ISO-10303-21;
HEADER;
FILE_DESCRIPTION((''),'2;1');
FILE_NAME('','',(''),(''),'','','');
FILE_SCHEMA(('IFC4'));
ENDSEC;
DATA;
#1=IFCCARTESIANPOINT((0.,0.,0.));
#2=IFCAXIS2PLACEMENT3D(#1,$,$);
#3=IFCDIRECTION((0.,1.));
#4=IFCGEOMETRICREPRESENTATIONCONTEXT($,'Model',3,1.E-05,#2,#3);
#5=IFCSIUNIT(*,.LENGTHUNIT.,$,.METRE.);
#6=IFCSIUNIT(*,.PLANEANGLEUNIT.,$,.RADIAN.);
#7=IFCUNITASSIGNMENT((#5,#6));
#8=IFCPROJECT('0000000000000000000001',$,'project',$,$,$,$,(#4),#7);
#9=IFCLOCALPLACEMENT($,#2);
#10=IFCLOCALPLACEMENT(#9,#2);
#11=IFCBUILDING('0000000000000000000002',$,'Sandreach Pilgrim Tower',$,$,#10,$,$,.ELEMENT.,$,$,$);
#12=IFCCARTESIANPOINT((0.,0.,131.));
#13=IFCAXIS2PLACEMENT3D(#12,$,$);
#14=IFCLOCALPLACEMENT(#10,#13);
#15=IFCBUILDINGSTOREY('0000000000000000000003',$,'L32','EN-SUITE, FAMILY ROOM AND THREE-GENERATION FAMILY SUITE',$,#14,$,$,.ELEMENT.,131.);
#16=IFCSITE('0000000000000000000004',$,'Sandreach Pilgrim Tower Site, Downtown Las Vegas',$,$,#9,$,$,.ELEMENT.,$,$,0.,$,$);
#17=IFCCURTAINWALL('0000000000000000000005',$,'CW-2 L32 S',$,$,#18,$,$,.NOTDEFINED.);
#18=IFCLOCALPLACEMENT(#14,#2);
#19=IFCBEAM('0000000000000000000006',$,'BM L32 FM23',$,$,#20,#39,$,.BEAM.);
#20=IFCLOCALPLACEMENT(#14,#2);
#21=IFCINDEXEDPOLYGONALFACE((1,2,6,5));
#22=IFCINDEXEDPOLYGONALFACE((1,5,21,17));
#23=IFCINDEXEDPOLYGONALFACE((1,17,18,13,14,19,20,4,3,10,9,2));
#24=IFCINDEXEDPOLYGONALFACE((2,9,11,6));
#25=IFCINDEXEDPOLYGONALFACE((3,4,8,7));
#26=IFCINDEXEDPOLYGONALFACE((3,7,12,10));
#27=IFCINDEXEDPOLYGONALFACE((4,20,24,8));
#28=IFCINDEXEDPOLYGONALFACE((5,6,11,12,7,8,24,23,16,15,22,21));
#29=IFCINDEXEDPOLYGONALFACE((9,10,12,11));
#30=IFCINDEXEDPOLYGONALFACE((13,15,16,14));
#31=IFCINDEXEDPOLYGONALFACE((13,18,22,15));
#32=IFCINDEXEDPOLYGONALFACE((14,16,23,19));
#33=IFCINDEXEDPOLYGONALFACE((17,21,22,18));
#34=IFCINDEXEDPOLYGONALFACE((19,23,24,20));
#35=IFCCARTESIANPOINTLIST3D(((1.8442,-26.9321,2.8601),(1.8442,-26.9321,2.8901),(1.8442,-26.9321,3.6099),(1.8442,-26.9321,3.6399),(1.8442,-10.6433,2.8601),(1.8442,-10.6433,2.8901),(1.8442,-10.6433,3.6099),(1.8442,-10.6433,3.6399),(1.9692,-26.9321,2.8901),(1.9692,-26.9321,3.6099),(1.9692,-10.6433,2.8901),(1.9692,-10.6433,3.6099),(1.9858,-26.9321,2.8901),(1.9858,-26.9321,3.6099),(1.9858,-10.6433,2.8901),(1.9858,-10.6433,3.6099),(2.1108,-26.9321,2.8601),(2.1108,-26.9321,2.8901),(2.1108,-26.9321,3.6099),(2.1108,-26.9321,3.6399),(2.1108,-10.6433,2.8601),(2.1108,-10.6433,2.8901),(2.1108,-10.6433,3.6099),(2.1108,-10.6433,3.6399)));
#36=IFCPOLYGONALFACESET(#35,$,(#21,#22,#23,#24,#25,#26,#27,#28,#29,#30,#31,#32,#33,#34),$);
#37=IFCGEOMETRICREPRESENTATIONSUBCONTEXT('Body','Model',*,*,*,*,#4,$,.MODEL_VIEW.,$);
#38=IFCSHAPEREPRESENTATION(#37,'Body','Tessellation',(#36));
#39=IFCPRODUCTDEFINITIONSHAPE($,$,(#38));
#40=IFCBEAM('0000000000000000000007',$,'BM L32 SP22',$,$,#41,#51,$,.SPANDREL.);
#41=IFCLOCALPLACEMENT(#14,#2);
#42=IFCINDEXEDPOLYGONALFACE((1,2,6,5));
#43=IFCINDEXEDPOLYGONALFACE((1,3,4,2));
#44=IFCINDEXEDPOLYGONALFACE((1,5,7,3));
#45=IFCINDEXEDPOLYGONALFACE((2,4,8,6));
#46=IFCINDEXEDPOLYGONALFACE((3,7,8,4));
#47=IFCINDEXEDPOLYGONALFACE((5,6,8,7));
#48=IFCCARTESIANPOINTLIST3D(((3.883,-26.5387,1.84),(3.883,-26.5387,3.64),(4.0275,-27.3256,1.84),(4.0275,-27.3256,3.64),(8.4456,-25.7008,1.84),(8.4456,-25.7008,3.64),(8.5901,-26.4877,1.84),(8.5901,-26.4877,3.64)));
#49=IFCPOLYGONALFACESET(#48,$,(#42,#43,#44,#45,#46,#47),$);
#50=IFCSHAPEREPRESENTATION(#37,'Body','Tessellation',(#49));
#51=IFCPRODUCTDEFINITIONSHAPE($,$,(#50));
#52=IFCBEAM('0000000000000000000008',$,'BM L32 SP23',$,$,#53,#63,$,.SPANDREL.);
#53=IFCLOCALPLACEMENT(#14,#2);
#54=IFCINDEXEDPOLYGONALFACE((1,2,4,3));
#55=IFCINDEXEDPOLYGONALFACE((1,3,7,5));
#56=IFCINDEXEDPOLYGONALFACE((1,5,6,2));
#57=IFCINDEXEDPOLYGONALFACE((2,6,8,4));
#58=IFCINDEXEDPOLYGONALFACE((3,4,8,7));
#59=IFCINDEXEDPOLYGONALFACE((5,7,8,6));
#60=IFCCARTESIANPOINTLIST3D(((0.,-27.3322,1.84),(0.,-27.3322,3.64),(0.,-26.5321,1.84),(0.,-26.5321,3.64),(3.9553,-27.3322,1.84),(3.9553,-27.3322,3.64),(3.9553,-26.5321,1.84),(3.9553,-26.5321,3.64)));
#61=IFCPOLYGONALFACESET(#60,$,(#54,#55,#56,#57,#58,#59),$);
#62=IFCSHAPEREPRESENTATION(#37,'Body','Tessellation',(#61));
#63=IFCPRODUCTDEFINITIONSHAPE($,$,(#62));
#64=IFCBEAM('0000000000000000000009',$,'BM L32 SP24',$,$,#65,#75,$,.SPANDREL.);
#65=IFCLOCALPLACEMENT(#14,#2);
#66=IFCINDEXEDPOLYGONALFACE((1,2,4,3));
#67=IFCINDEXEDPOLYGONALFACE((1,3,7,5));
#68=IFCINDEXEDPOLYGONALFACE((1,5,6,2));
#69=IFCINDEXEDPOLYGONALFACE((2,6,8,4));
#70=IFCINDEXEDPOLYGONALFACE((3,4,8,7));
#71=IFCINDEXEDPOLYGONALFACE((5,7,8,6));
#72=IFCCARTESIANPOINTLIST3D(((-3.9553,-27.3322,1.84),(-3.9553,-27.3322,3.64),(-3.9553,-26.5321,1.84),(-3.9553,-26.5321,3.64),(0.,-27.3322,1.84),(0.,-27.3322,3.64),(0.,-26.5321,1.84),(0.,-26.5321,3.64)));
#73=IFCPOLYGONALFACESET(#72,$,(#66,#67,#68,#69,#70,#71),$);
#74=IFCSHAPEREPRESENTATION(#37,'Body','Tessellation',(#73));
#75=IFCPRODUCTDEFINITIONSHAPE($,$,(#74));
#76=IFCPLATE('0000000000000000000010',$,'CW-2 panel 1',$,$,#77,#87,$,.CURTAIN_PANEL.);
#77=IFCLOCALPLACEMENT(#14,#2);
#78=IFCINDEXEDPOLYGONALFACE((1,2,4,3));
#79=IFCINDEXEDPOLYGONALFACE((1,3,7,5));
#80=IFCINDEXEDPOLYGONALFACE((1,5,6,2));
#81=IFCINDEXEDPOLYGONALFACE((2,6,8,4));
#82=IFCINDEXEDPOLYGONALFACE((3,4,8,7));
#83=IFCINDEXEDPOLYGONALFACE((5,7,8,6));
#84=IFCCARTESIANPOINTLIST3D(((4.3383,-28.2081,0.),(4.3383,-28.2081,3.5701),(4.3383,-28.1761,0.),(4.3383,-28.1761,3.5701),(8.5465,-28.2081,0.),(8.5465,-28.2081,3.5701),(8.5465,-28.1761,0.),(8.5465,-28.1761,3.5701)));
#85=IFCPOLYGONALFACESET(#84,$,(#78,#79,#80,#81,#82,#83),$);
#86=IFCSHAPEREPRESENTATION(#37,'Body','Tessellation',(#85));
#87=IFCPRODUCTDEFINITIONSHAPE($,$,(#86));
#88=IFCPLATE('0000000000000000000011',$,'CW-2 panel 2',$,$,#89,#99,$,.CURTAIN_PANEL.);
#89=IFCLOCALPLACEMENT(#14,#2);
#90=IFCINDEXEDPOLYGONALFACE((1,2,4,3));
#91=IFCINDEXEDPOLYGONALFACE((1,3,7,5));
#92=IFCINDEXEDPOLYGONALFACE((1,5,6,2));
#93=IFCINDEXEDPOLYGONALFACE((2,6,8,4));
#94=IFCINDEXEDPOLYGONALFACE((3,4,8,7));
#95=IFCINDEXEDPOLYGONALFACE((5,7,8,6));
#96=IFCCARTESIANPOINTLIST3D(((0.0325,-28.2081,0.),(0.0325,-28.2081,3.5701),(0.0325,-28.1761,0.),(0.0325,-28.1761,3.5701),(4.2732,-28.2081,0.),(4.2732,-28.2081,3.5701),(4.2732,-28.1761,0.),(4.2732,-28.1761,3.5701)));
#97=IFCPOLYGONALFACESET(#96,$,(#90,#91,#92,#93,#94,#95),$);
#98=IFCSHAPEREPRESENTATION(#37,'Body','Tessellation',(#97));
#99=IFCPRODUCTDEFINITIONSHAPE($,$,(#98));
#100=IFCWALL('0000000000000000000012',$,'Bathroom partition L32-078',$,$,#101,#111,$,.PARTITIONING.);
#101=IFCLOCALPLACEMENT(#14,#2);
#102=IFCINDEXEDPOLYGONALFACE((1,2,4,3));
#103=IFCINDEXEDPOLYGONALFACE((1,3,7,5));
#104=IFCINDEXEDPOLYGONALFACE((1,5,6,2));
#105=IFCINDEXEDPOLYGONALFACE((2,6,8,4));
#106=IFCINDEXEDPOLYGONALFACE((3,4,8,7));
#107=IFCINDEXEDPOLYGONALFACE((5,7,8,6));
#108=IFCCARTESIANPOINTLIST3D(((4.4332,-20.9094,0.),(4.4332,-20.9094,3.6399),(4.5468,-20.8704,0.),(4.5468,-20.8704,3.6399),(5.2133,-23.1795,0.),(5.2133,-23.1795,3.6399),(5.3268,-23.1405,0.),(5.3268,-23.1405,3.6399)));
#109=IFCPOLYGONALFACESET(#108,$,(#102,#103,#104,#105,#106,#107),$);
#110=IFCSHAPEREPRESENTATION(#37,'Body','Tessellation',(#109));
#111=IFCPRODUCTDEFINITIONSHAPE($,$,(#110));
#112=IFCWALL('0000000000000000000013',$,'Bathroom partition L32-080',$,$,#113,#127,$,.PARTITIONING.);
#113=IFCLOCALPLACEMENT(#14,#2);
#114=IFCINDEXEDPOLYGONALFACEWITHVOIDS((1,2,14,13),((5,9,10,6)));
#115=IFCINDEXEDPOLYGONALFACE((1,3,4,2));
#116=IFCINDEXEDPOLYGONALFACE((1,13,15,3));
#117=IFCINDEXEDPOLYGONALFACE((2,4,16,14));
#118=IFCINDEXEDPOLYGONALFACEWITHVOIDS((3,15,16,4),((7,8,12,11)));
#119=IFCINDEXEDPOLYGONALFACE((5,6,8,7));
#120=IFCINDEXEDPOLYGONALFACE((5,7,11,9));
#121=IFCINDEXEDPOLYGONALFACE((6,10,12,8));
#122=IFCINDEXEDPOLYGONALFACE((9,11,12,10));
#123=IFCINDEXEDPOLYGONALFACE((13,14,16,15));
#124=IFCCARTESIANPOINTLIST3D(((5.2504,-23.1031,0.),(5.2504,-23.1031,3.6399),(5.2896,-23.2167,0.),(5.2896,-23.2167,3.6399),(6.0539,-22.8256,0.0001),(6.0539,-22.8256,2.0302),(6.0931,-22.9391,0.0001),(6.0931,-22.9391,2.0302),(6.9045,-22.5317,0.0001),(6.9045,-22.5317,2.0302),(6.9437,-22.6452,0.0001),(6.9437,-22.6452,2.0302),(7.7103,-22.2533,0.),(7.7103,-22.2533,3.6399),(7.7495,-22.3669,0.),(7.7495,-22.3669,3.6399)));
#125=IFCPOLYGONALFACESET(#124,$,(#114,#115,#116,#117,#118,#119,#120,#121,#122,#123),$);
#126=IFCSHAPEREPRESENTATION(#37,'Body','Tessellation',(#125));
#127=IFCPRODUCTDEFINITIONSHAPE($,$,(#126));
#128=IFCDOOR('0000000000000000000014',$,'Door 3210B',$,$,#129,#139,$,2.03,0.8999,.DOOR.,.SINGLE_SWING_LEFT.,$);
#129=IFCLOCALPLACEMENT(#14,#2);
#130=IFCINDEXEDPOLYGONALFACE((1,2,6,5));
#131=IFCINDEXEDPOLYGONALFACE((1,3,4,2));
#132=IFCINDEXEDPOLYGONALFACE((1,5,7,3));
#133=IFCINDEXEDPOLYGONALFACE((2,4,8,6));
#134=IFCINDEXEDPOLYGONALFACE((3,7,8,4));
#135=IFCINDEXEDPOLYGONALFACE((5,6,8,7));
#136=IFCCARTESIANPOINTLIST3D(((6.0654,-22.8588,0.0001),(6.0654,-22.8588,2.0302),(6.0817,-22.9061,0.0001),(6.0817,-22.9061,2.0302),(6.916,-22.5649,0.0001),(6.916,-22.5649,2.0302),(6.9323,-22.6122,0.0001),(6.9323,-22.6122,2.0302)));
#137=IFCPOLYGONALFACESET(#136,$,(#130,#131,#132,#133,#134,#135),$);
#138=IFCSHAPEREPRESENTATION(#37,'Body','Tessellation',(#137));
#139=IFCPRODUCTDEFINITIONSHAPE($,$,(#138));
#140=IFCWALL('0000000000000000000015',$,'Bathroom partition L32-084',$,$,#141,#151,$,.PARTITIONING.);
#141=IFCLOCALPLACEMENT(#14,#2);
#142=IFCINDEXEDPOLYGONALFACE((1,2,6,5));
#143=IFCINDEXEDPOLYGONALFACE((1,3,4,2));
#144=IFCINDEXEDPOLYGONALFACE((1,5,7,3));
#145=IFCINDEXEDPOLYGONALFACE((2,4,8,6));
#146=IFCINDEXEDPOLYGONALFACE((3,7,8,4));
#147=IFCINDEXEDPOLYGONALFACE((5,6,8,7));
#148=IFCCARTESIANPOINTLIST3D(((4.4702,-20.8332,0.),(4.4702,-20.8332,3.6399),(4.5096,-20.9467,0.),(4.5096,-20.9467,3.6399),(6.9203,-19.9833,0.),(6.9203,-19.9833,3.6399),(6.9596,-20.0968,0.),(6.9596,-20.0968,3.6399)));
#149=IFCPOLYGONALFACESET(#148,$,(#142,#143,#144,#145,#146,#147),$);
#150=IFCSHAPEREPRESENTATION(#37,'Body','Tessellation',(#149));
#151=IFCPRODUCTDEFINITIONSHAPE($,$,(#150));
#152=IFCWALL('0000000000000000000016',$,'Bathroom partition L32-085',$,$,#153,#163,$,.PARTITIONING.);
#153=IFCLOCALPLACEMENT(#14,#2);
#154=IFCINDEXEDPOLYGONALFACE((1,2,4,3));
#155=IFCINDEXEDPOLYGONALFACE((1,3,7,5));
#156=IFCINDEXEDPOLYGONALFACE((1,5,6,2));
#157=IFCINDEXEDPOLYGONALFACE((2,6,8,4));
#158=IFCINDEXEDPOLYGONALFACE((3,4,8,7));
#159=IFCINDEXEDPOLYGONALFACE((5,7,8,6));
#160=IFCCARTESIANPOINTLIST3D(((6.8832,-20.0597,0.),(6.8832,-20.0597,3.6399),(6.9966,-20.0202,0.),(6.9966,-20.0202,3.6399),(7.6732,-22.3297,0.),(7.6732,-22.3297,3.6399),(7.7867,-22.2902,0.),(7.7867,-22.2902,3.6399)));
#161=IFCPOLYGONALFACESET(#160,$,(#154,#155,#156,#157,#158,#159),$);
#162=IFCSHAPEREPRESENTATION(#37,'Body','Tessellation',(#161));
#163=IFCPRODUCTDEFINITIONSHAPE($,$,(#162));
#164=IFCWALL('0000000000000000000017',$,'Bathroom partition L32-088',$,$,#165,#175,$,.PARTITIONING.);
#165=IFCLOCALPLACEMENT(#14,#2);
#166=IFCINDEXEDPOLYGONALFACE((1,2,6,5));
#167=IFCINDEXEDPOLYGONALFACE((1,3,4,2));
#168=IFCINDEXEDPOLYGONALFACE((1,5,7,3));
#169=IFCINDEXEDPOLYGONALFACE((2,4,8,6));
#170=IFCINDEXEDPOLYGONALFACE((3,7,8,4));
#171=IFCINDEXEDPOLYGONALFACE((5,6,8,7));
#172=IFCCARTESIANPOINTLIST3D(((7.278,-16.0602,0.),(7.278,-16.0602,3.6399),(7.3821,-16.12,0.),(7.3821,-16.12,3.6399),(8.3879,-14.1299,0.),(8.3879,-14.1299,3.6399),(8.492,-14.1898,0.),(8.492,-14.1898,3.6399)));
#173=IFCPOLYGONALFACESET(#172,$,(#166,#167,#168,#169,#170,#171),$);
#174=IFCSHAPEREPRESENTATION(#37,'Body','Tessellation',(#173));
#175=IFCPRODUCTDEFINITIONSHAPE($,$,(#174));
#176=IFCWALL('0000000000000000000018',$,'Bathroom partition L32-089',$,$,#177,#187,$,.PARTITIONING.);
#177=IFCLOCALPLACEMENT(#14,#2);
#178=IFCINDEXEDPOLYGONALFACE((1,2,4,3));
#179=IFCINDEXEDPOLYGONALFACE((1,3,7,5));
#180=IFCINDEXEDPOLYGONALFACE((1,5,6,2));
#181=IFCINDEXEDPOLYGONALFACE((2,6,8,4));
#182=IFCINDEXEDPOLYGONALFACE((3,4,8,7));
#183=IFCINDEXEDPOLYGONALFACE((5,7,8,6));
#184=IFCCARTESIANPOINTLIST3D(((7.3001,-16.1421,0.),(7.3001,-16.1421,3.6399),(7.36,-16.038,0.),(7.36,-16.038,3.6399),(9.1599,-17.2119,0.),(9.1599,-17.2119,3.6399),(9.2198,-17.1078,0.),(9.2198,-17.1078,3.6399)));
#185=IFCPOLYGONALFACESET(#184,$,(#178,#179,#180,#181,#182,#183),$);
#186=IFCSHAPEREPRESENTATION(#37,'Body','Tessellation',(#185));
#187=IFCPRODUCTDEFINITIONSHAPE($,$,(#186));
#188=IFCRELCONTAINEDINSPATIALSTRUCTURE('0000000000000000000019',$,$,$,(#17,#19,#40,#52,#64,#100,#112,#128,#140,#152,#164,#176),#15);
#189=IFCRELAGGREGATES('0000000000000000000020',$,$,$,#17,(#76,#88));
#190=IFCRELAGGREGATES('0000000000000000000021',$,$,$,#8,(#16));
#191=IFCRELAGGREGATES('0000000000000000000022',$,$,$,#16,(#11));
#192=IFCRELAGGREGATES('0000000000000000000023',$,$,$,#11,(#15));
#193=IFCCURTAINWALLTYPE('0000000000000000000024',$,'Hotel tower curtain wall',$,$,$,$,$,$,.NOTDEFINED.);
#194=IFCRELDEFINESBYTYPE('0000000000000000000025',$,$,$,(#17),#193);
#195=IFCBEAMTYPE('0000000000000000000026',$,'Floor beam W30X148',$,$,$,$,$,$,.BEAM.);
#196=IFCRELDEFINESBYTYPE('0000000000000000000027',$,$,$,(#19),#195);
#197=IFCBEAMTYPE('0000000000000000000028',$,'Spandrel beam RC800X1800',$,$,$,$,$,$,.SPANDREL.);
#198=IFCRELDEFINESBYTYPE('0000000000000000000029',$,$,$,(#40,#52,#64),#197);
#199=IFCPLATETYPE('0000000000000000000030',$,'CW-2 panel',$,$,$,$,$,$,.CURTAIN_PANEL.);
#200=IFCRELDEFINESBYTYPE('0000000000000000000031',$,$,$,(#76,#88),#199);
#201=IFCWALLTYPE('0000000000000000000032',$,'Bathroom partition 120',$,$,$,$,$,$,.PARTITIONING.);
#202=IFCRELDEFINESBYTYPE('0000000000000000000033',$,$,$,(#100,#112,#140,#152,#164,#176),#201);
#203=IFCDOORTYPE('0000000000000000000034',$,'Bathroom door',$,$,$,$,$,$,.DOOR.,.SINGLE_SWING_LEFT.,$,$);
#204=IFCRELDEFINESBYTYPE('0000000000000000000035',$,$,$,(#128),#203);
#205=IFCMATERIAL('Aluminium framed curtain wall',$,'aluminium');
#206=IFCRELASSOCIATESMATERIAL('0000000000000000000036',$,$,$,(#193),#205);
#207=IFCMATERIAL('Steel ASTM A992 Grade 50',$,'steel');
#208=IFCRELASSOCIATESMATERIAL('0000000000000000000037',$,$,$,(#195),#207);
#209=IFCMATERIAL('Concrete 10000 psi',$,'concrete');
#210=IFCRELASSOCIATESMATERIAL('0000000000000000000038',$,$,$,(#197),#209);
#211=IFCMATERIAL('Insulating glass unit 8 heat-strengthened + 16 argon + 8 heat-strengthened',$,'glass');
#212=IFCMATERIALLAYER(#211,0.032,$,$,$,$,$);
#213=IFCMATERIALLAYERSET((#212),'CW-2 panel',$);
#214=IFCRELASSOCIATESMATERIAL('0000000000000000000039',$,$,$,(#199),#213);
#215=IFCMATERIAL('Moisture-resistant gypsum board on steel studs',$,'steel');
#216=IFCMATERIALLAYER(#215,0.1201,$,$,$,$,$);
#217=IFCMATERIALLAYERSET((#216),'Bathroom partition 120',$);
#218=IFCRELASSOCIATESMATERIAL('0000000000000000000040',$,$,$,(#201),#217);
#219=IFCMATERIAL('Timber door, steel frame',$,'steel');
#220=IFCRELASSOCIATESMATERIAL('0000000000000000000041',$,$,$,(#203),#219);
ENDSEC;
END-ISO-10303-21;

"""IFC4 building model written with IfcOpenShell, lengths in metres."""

from ifc_helpers import new_model, si_unit, direction, frame, frame_2d, origin, origin_2d, place, context, subcontext, project, spatial, rectangle, i_section, extrude, material, layer, layer_set, material_profile, profile_set, type_object, element, fill, aggregate, save


model = new_model("IFC4")

# Units and contexts
model_context = context("Model", 3, precision=1e-05, world=origin(), true_north=direction((0.0, 1.0)))
body_context = subcontext(model_context, "Body", "Model", "MODEL_VIEW")
ifc_project = project(units=[si_unit("LENGTHUNIT", "METRE"), si_unit("PLANEANGLEUNIT", "RADIAN")], contexts=[model_context])

# Site, building, storey
site_placement = place(None, origin())
site = spatial("IfcSite", under=ifc_project, at=site_placement, Name="Sandreach Pilgrim Tower Site, Downtown Las Vegas", CompositionType="ELEMENT", RefElevation=0.0)
building_placement = place(site_placement, origin())
building = spatial("IfcBuilding", under=site, at=building_placement, Name="Sandreach Pilgrim Tower", CompositionType="ELEMENT")
storey_placement = place(building_placement, frame((0.0, 0.0, 131.0)))
storey = spatial("IfcBuildingStorey", under=building, at=storey_placement, Name="L32", Description="EN-SUITE, FAMILY ROOM AND THREE-GENERATION FAMILY SUITE", CompositionType="ELEMENT", Elevation=131.0)

# Curtain wall
ifc_material_1 = material(Name="Aluminium framed curtain wall", Category="aluminium")
curtain_wall_type = type_object("IfcCurtainWallType", Name="Hotel tower curtain wall", PredefinedType="NOTDEFINED", material=ifc_material_1)
curtain_wall_placement = place(storey_placement, origin())
curtain_wall = element("IfcCurtainWall", 1, at=curtain_wall_placement, inside=storey, type_object=curtain_wall_type, Name="CW-2 L32 S", PredefinedType="NOTDEFINED")

# Beams
ifc_material_2 = material(Name="Steel ASTM A992 Grade 50", Category="steel")
ifc_material_profile_1 = material_profile(ifc_material_2, i_section(OverallWidth=0.2666, OverallDepth=0.7798, WebThickness=0.0166, FlangeThickness=0.03, at=origin_2d()), Name="W30X148")
ifc_profile_set_1 = profile_set([ifc_material_profile_1], Name="Steel ASTM A992 Grade 50")
beam_type_1 = type_object("IfcBeamType", Name="Floor beam W30X148", PredefinedType="BEAM", material=ifc_profile_set_1)
beam_1_placement = place(storey_placement, frame((1.9775, -26.9321, 3.25), z_axis=(0.0, 1.0, 0.0), x_axis=(-1.0, 0.0, 0.0)))
element("IfcBeam", 2, at=beam_1_placement, inside=storey, type_object=beam_type_1, Name="BM L32 FM23", PredefinedType="BEAM", context=body_context, shape_type="SweptSolid", body=[
    extrude(i_section(OverallWidth=0.2666, OverallDepth=0.7798, WebThickness=0.0166, FlangeThickness=0.03, at=origin_2d()), origin(), (0.0, 0.0, 1.0), 16.2888),
])
ifc_material_3 = material(Name="Concrete 10000 psi", Category="concrete")
ifc_material_profile_2 = material_profile(ifc_material_3, rectangle(XDim=0.8, YDim=1.8, at=origin_2d()), Name="RC800X1800")
ifc_profile_set_2 = profile_set([ifc_material_profile_2], Name="Concrete 10000 psi")
beam_type_2 = type_object("IfcBeamType", Name="Spandrel beam RC800X1800", PredefinedType="SPANDREL", material=ifc_profile_set_2)
beam_2_placement = place(storey_placement, frame((8.5178, -26.0942, 2.74), z_axis=(-0.983552, -0.180627, 0.0), x_axis=(0.180627, -0.983552, 0.0)))
element("IfcBeam", 3, at=beam_2_placement, inside=storey, type_object=beam_type_2, Name="BM L32 SP22", PredefinedType="SPANDREL", context=body_context, shape_type="SweptSolid", body=[
    extrude(rectangle(XDim=0.8, YDim=1.8, at=origin_2d()), origin(), (0.0, 0.0, 1.0), 4.6389),
])
for number, where, z_axis, x_axis, name in (
    (4, (3.9553, -26.9321, 2.74), (-1.0, 0.0, 0.0), (0.0, -1.0, 0.0), "BM L32 SP23"),
    (5, (0.0, -26.9321, 2.74), (-1.0, 0.0, 0.0), (0.0, -1.0, 0.0), "BM L32 SP24"),
):
    element("IfcBeam", number, at=place(storey_placement, frame(where, z_axis=z_axis, x_axis=x_axis)), inside=storey, type_object=beam_type_2, Name=name, PredefinedType="SPANDREL", context=body_context, shape_type="SweptSolid", body=[
        extrude(rectangle(XDim=0.8, YDim=1.8, at=origin_2d()), origin(), (0.0, 0.0, 1.0), 3.9553),
    ])

# Plates
ifc_material_4 = material(Name="Insulating glass unit 8 heat-strengthened + 16 argon + 8 heat-strengthened", Category="glass")
ifc_layer_1 = layer(ifc_material_4, 0.032)
ifc_layer_set_1 = layer_set([ifc_layer_1], Name="CW-2 panel")
plate_type = type_object("IfcPlateType", Name="CW-2 panel", PredefinedType="CURTAIN_PANEL", material=ifc_layer_set_1)
plate_1_placement = place(storey_placement, frame((6.4424, -28.1921, 0.0), z_axis=(0.0, 0.0, 1.0), x_axis=(-1.0, 0.0, 0.0)))
plate_1 = element("IfcPlate", 6, at=plate_1_placement, type_object=plate_type, Name="CW-2 panel 1", PredefinedType="CURTAIN_PANEL", context=body_context, shape_type="SweptSolid", body=[
    extrude(rectangle(XDim=4.2083, YDim=0.032, at=origin_2d()), origin(), (0.0, 0.0, 1.0), 3.5701),
])
plate_2_placement = place(storey_placement, frame((2.1528, -28.1921, 0.0), z_axis=(0.0, 0.0, 1.0), x_axis=(-1.0, 0.0, 0.0)))
plate_2 = element("IfcPlate", 7, at=plate_2_placement, type_object=plate_type, Name="CW-2 panel 2", PredefinedType="CURTAIN_PANEL", context=body_context, shape_type="SweptSolid", body=[
    extrude(rectangle(XDim=4.2407, YDim=0.032, at=origin_2d()), origin(), (0.0, 0.0, 1.0), 3.5701),
])
aggregate(curtain_wall, [plate_1, plate_2])

# Wall
ifc_material_5 = material(Name="Moisture-resistant gypsum board on steel studs", Category="steel")
ifc_layer_2 = layer(ifc_material_5, 0.1201)
ifc_layer_set_2 = layer_set([ifc_layer_2], Name="Bathroom partition 120")
wall_type_1 = type_object("IfcWallType", Name="Bathroom partition 120", PredefinedType="PARTITIONING", material=ifc_layer_set_2)
wall_1_placement = place(storey_placement, frame((4.49, -20.8899, 0.0), z_axis=(0.0, 0.0, 1.0), x_axis=(0.324972, -0.945724, 0.0)))
element("IfcWall", 8, at=wall_1_placement, inside=storey, type_object=wall_type_1, Name="Bathroom partition L32-078", PredefinedType="PARTITIONING", context=body_context, shape_type="SweptSolid", body=[
    extrude(rectangle(XDim=2.4004, YDim=0.1201, at=frame_2d((1.2002, 0.0))), origin(), (0.0, 0.0, 1.0), 3.6399),
])

# Wall, opening, door
wall_2_placement = place(storey_placement, frame((5.27, -23.1599, 0.0), z_axis=(0.0, 0.0, 1.0), x_axis=(0.945184, 0.326537, 0.0)))
wall_2 = element("IfcWall", 9, at=wall_2_placement, inside=storey, type_object=wall_type_1, Name="Bathroom partition L32-080", PredefinedType="PARTITIONING", context=body_context, shape_type="SweptSolid", body=[
    extrude(rectangle(XDim=2.6025, YDim=0.1201, at=frame_2d((1.3013, 0.0))), origin(), (0.0, 0.0, 1.0), 3.6399),
])
opening_1_placement = place(wall_2_placement, frame((0.8501, 0.0, 0.0)))
opening_1 = element("IfcOpeningElement", 10, at=opening_1_placement, cuts=wall_2, PredefinedType="OPENING", context=body_context, shape_type="SweptSolid", body=[
    extrude(rectangle(XDim=0.8999, YDim=2.03, at=frame_2d((0.45, 1.0151))), frame((0.0, 0.0601, 0.0), z_axis=(0.0, -1.0, 0.0), x_axis=(1.0, 0.0, 0.0)), (0.0, 0.0, 1.0), 0.1201),
])
ifc_material_6 = material(Name="Timber door, steel frame", Category="steel")
door_type_1 = type_object("IfcDoorType", Name="Bathroom door", OperationType="SINGLE_SWING_LEFT", PredefinedType="DOOR", material=ifc_material_6)
door_1_placement = place(opening_1_placement, origin())
door_1 = element("IfcDoor", 11, at=door_1_placement, inside=storey, type_object=door_type_1, Name="Door 3210B", OperationType="SINGLE_SWING_LEFT", OverallHeight=2.03, OverallWidth=0.8999, PredefinedType="DOOR", context=body_context, shape_type="SweptSolid", body=[
    extrude(rectangle(XDim=0.8999, YDim=2.03, at=frame_2d((0.45, 1.0151))), frame((0.0, 0.0249, 0.0), z_axis=(0.0, -1.0, 0.0), x_axis=(1.0, 0.0, 0.0)), (0.0, 0.0, 1.0), 0.05),
])
fill(opening_1, door_1)

# Walls
wall_3_placement = place(storey_placement, frame((6.9399, -20.04, 0.0), z_axis=(0.0, 0.0, 1.0), x_axis=(-0.944772, -0.327728, 0.0)))
element("IfcWall", 12, at=wall_3_placement, inside=storey, type_object=wall_type_1, Name="Bathroom partition L32-084", PredefinedType="PARTITIONING", context=body_context, shape_type="SweptSolid", body=[
    extrude(rectangle(XDim=2.5933, YDim=0.1201, at=frame_2d((1.2966, 0.0))), origin(), (0.0, 0.0, 1.0), 3.6399),
])
wall_4_placement = place(storey_placement, frame((6.9399, -20.04, 0.0), z_axis=(0.0, 0.0, 1.0), x_axis=(0.328694, -0.944436, 0.0)))
element("IfcWall", 13, at=wall_4_placement, inside=storey, type_object=wall_type_1, Name="Bathroom partition L32-085", PredefinedType="PARTITIONING", context=body_context, shape_type="SweptSolid", body=[
    extrude(rectangle(XDim=2.4036, YDim=0.1201, at=frame_2d((1.2017, 0.0))), origin(), (0.0, 0.0, 1.0), 3.6399),
])
wall_5_placement = place(storey_placement, frame((7.3301, -16.0901, 0.0), z_axis=(0.0, 0.0, 1.0), x_axis=(0.498475, 0.866904, 0.0)))
element("IfcWall", 14, at=wall_5_placement, inside=storey, type_object=wall_type_1, Name="Bathroom partition L32-088", PredefinedType="PARTITIONING", context=body_context, shape_type="SweptSolid", body=[
    extrude(rectangle(XDim=2.2266, YDim=0.1201, at=frame_2d((1.1133, 0.0))), origin(), (0.0, 0.0, 1.0), 3.6399),
])
wall_6_placement = place(storey_placement, frame((7.3301, -16.0901, 0.0), z_axis=(0.0, 0.0, 1.0), x_axis=(0.866825, -0.498612, 0.0)))
element("IfcWall", 15, at=wall_6_placement, inside=storey, type_object=wall_type_1, Name="Bathroom partition L32-089", PredefinedType="PARTITIONING", context=body_context, shape_type="SweptSolid", body=[
    extrude(rectangle(XDim=2.1455, YDim=0.1201, at=frame_2d((1.0728, 0.0))), origin(), (0.0, 0.0, 1.0), 3.6399),
])

save(model, "model.ifc")
